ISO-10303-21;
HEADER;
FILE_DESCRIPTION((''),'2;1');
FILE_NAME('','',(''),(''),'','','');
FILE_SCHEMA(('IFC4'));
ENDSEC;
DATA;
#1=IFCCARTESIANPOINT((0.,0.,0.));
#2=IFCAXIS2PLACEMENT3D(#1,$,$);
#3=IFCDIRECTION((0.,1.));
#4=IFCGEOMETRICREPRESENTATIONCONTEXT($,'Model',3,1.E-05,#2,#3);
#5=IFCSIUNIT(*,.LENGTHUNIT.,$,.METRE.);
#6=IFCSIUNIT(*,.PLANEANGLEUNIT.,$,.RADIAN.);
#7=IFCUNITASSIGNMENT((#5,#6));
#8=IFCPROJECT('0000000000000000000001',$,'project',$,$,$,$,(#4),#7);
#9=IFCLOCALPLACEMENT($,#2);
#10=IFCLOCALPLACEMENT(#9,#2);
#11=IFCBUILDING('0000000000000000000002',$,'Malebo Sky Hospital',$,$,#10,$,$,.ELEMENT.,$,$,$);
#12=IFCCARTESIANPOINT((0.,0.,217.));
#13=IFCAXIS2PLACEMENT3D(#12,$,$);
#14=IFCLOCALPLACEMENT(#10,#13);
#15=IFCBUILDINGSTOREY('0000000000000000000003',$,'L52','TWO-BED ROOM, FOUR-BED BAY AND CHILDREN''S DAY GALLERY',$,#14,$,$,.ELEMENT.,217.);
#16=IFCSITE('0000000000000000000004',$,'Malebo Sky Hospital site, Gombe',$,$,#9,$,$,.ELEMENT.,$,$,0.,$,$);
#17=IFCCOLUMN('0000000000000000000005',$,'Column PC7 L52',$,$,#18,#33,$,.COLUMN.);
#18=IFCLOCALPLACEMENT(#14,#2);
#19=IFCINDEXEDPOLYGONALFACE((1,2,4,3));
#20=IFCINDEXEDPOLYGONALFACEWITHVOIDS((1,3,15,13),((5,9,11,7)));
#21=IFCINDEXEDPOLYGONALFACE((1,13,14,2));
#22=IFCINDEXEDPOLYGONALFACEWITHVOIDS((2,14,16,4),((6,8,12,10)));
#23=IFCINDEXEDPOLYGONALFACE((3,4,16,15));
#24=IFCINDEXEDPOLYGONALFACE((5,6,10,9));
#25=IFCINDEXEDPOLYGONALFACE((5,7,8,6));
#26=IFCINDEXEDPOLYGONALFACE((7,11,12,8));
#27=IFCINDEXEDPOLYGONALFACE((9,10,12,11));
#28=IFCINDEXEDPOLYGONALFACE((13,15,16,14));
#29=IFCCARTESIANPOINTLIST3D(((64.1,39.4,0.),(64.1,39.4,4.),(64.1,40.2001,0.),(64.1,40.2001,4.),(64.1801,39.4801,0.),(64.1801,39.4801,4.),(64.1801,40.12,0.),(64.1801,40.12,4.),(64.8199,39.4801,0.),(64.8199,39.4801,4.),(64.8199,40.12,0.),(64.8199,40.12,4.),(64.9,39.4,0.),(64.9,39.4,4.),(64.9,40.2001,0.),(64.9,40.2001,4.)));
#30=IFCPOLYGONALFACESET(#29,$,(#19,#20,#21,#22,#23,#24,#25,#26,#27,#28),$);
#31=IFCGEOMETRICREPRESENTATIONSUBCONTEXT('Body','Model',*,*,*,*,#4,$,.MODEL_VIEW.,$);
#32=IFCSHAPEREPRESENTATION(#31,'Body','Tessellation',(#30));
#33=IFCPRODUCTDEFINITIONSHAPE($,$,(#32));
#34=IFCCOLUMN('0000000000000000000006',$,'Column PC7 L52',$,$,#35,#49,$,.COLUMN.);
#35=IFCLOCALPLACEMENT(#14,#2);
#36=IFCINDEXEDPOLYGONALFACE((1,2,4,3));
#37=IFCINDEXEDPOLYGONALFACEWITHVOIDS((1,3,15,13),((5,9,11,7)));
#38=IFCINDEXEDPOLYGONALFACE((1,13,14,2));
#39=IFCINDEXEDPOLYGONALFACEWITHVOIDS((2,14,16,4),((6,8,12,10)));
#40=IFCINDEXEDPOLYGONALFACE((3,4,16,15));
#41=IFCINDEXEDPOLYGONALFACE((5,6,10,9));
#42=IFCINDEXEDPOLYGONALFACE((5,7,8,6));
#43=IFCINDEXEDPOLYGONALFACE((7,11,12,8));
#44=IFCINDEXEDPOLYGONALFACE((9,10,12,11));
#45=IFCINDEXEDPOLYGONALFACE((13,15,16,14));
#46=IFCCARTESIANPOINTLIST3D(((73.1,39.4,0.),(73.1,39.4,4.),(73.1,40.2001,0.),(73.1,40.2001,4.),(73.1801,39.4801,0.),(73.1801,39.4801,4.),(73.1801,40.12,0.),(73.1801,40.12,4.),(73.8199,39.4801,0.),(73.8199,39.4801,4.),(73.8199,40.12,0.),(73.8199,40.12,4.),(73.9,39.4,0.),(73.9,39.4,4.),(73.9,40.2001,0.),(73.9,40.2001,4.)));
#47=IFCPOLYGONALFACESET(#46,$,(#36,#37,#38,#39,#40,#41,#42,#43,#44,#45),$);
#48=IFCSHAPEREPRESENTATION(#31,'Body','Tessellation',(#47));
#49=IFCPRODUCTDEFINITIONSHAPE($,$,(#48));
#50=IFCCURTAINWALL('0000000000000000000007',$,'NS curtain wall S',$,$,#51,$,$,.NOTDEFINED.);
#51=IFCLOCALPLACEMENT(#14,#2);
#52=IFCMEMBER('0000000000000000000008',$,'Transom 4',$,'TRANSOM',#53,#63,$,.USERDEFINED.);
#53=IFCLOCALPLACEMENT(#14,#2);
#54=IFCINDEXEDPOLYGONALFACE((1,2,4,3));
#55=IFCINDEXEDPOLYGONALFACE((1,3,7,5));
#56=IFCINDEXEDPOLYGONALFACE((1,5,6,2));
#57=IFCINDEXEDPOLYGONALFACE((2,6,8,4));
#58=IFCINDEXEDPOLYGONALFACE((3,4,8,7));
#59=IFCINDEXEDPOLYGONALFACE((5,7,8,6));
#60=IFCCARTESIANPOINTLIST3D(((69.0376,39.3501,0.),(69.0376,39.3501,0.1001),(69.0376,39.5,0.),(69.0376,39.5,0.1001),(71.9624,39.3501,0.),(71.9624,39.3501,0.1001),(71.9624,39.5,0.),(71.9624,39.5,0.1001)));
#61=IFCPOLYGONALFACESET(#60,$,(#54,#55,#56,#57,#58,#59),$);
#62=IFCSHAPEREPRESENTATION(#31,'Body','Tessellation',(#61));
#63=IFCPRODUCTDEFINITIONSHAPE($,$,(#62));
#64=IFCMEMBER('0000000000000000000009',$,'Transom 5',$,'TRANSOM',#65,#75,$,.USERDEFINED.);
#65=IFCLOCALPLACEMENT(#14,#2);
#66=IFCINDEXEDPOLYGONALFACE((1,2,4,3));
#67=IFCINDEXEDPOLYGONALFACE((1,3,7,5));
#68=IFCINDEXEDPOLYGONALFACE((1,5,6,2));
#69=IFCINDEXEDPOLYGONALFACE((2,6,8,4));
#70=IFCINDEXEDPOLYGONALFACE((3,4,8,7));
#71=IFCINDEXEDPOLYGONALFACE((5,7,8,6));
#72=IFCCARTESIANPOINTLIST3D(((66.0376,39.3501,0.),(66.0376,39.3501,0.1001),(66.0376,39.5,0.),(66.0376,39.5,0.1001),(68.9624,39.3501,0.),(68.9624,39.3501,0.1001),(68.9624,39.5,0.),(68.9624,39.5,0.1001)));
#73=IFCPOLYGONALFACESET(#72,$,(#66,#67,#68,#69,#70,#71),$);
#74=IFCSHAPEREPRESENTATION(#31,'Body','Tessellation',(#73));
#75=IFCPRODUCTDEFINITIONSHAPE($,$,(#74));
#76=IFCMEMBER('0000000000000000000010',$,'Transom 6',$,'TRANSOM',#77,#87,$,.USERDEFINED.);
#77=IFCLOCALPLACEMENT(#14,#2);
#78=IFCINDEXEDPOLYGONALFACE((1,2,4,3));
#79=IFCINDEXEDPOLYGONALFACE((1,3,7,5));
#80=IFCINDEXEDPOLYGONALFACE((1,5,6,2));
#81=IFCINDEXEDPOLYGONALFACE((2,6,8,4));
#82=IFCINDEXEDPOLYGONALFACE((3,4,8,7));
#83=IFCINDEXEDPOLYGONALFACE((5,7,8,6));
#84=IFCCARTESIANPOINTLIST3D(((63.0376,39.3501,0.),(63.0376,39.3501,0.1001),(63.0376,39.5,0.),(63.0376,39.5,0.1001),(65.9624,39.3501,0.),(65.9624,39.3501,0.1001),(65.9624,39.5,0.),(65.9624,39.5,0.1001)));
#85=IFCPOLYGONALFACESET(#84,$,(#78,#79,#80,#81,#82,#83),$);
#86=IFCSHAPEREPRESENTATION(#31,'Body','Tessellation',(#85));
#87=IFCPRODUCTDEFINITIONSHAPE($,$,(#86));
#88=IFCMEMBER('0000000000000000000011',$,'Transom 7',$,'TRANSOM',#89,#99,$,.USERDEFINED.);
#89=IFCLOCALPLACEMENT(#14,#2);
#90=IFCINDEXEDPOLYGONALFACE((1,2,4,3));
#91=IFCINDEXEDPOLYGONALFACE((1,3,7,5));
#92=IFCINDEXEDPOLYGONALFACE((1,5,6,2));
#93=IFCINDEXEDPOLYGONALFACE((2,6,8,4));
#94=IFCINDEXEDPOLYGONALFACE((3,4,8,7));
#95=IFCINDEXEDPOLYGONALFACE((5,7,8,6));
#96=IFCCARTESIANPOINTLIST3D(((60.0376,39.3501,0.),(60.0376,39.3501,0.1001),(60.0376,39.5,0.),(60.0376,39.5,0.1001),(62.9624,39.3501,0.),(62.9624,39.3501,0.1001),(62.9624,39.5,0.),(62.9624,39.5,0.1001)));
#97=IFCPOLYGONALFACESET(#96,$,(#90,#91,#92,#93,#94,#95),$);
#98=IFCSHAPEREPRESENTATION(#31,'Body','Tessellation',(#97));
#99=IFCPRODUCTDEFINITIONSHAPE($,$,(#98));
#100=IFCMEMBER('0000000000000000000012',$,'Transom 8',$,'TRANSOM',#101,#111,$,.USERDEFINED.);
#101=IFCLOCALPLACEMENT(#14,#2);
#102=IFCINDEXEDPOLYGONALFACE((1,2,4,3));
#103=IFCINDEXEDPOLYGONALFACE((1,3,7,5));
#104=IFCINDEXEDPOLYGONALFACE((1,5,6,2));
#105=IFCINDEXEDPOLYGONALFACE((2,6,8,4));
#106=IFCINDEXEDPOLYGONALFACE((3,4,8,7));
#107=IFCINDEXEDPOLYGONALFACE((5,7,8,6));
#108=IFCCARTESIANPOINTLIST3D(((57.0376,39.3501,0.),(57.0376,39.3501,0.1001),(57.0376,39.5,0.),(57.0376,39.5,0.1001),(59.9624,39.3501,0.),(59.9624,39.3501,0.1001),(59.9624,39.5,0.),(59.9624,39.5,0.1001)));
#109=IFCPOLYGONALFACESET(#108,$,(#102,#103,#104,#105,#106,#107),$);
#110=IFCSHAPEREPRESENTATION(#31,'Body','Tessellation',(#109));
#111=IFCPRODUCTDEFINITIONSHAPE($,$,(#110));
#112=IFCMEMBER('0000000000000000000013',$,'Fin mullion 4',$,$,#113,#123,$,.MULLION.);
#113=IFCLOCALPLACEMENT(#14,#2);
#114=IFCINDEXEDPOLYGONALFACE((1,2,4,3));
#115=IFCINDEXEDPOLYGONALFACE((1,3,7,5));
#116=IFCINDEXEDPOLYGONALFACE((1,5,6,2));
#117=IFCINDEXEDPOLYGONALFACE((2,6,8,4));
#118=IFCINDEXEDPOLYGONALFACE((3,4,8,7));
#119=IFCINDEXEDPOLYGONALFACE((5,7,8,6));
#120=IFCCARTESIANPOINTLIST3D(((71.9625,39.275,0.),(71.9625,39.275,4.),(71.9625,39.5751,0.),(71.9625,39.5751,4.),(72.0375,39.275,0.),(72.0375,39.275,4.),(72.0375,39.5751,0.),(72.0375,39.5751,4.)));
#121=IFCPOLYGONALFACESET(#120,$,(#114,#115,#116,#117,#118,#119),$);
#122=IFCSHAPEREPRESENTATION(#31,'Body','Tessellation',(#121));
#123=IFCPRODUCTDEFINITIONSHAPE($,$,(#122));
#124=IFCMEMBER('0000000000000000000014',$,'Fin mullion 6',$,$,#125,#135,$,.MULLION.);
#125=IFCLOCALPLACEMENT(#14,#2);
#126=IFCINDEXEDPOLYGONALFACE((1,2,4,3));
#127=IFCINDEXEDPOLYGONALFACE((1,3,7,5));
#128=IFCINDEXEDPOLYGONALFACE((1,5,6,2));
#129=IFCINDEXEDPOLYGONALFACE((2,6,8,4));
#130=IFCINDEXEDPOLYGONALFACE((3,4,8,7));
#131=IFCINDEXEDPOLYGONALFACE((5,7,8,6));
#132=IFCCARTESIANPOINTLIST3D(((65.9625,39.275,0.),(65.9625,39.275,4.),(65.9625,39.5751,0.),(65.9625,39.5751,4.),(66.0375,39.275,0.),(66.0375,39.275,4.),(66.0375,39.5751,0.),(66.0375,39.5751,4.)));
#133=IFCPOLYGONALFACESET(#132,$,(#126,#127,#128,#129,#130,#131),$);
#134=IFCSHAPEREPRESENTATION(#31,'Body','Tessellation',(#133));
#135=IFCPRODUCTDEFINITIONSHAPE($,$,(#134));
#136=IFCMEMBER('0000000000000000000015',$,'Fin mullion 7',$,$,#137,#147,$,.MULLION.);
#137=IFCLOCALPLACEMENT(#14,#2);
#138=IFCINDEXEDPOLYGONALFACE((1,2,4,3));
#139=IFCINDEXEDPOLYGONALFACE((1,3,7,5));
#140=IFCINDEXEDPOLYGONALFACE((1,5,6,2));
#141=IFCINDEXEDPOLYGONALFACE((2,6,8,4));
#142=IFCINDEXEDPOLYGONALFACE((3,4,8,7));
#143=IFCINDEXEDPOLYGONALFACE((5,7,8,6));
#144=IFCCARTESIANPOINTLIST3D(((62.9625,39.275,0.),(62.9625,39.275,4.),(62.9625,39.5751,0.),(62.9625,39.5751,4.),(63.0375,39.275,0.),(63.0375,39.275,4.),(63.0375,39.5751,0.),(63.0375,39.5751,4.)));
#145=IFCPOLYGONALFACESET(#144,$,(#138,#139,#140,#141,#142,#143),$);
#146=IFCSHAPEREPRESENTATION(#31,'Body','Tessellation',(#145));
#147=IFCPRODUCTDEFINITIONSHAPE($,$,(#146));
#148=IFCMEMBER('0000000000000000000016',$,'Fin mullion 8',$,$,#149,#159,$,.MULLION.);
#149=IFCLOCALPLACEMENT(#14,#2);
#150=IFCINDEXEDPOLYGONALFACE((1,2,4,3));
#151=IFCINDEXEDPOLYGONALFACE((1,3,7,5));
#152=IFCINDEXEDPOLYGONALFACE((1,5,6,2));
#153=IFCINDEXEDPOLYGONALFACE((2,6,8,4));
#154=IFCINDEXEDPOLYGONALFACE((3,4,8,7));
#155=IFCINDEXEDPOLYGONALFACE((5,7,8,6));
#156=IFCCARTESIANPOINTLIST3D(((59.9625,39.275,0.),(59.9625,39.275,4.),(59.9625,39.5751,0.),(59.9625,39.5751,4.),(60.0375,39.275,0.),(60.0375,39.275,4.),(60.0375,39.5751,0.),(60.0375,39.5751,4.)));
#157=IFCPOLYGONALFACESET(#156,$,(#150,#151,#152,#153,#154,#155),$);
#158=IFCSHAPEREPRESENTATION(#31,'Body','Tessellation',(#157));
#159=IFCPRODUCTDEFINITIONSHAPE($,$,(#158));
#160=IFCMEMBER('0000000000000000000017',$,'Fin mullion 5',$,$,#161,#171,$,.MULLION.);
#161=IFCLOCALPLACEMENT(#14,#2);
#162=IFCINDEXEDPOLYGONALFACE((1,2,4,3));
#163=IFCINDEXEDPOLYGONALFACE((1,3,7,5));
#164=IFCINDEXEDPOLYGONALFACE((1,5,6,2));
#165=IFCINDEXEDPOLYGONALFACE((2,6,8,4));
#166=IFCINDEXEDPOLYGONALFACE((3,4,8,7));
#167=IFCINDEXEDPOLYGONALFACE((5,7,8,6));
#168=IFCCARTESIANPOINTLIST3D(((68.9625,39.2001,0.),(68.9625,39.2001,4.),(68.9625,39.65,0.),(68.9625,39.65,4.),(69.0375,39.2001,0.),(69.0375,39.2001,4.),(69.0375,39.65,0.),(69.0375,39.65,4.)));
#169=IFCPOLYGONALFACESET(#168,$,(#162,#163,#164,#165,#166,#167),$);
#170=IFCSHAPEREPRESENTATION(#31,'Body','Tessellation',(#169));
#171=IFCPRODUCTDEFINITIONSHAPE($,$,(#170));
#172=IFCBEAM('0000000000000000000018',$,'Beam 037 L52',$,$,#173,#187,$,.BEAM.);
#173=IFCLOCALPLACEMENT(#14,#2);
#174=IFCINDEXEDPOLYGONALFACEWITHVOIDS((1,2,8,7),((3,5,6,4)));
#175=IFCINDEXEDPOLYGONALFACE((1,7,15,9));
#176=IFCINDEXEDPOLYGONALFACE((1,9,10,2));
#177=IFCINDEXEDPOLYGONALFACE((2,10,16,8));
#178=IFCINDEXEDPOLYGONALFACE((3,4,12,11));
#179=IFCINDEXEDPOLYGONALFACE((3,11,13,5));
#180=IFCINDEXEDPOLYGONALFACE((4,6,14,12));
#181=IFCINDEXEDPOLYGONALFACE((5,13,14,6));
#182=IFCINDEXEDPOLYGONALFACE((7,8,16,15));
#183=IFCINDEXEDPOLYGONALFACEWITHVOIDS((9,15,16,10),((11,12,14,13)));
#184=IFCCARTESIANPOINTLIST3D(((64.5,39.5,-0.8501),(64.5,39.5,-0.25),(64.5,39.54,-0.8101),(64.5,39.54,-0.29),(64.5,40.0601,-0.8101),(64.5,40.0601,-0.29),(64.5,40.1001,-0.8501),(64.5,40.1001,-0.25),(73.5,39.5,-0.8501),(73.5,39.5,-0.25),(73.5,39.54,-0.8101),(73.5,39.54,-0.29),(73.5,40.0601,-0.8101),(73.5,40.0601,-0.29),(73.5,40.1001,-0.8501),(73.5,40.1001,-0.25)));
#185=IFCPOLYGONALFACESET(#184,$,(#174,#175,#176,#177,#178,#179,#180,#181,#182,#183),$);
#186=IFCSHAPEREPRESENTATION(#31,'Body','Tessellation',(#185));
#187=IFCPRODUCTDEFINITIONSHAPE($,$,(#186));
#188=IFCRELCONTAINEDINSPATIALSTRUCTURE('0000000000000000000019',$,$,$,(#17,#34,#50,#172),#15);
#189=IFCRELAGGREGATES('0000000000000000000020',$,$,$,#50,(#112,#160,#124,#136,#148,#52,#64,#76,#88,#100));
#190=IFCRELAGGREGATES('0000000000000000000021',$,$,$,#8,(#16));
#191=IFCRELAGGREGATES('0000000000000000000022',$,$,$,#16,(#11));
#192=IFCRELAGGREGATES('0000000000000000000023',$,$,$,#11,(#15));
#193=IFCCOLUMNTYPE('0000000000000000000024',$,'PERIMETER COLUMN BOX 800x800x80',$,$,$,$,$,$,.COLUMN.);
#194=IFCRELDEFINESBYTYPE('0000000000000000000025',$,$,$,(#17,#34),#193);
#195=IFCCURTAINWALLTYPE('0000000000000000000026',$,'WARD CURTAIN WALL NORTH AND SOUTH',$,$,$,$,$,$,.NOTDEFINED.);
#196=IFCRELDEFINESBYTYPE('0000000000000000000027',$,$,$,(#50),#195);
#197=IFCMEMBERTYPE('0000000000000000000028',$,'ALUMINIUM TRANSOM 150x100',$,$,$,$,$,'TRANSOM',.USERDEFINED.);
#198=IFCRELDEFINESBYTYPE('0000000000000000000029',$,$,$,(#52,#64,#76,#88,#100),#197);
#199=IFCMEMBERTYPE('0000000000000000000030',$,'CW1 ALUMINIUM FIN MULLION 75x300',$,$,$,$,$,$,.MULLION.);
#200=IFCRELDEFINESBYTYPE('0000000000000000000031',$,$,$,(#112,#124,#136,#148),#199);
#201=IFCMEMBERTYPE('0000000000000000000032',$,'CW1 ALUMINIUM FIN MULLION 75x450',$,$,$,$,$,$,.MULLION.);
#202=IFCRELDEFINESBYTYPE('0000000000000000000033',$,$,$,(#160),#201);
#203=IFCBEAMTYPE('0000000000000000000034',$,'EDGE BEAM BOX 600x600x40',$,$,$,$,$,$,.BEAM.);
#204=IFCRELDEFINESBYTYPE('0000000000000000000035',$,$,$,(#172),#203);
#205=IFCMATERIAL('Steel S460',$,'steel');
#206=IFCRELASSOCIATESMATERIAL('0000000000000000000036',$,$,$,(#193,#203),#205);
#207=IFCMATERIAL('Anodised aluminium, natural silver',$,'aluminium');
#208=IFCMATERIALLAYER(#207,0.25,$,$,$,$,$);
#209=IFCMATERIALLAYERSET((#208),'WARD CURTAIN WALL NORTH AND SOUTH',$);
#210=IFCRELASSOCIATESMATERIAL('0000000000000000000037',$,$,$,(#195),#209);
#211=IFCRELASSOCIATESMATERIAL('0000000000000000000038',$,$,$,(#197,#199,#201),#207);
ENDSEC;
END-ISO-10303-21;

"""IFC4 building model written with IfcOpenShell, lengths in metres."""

from ifc_helpers import new_model, si_unit, direction, frame, origin, origin_2d, place, context, subcontext, project, spatial, rectangle, hollow_rectangle, extrude, material, layer, layer_set, material_profile, profile_set, type_object, element, aggregate, save


model = new_model("IFC4")

# Units and contexts
model_context = context("Model", 3, precision=1e-05, world=origin(), true_north=direction((0.0, 1.0)))
body_context = subcontext(model_context, "Body", "Model", "MODEL_VIEW")
ifc_project = project(units=[si_unit("LENGTHUNIT", "METRE"), si_unit("PLANEANGLEUNIT", "RADIAN")], contexts=[model_context])

# Site, building, storey
site_placement = place(None, origin())
site = spatial("IfcSite", under=ifc_project, at=site_placement, Name="Malebo Sky Hospital site, Gombe", CompositionType="ELEMENT", RefElevation=0.0)
building_placement = place(site_placement, origin())
building = spatial("IfcBuilding", under=site, at=building_placement, Name="Malebo Sky Hospital", CompositionType="ELEMENT")
storey_placement = place(building_placement, frame((0.0, 0.0, 217.0)))
storey = spatial("IfcBuildingStorey", under=building, at=storey_placement, Name="L52", Description="TWO-BED ROOM, FOUR-BED BAY AND CHILDREN'S DAY GALLERY", CompositionType="ELEMENT", Elevation=217.0)

# Columns
ifc_material_1 = material(Name="Steel S460", Category="steel")
ifc_material_profile_1 = material_profile(ifc_material_1, hollow_rectangle(XDim=0.8, YDim=0.8, WallThickness=0.0801, at=origin_2d()), Name="BOX 800x800x80")
ifc_profile_set_1 = profile_set([ifc_material_profile_1], Name="Steel S460")
column_type = type_object("IfcColumnType", Name="PERIMETER COLUMN BOX 800x800x80", PredefinedType="COLUMN", material=ifc_profile_set_1)
for number, where, z_axis, x_axis, name in (
    (1, (64.5, 39.8, 0.0), (0.0, 0.0, 1.0), (1.0, 0.0, 0.0), "Column PC7 L52"),
    (2, (73.5, 39.8, 0.0), (0.0, 0.0, 1.0), (1.0, 0.0, 0.0), "Column PC7 L52"),
):
    element("IfcColumn", number, at=place(storey_placement, frame(where, z_axis=z_axis, x_axis=x_axis)), inside=storey, type_object=column_type, Name=name, PredefinedType="COLUMN", context=body_context, shape_type="SweptSolid", body=[
        extrude(hollow_rectangle(XDim=0.8, YDim=0.8, WallThickness=0.0801, at=origin_2d()), origin(), (0.0, 0.0, 1.0), 4.0),
    ])

# Curtain wall, members
ifc_material_2 = material(Name="Anodised aluminium, natural silver", Category="aluminium")
ifc_layer_1 = layer(ifc_material_2, 0.25)
ifc_layer_set_1 = layer_set([ifc_layer_1], Name="WARD CURTAIN WALL NORTH AND SOUTH")
curtain_wall_type = type_object("IfcCurtainWallType", Name="WARD CURTAIN WALL NORTH AND SOUTH", PredefinedType="NOTDEFINED", material=ifc_layer_set_1)
curtain_wall_placement = place(storey_placement, origin())
curtain_wall = element("IfcCurtainWall", 3, at=curtain_wall_placement, inside=storey, type_object=curtain_wall_type, Name="NS curtain wall S", PredefinedType="NOTDEFINED")
ifc_material_profile_2 = material_profile(ifc_material_2, rectangle(XDim=0.1499, YDim=0.1001, at=origin_2d()), Name="ALUMINIUM TRANSOM 150x100")
ifc_profile_set_2 = profile_set([ifc_material_profile_2], Name="Anodised aluminium, natural silver")
member_type_1 = type_object("IfcMemberType", Name="ALUMINIUM TRANSOM 150x100", ElementType="TRANSOM", PredefinedType="USERDEFINED", material=ifc_profile_set_2)
member_1_placement = place(storey_placement, frame((71.9624, 39.425, 0.05), z_axis=(-1.0, 0.0, 0.0), x_axis=(0.0, -1.0, 0.0)))
member_1 = element("IfcMember", 4, at=member_1_placement, type_object=member_type_1, Name="Transom 4", ObjectType="TRANSOM", PredefinedType="USERDEFINED", context=body_context, shape_type="SweptSolid", body=[
    extrude(rectangle(XDim=0.1499, YDim=0.1001, at=origin_2d()), origin(), (0.0, 0.0, 1.0), 2.9248),
])
member_2_placement = place(storey_placement, frame((68.9624, 39.425, 0.05), z_axis=(-1.0, 0.0, 0.0), x_axis=(0.0, -1.0, 0.0)))
member_2 = element("IfcMember", 5, at=member_2_placement, type_object=member_type_1, Name="Transom 5", ObjectType="TRANSOM", PredefinedType="USERDEFINED", context=body_context, shape_type="SweptSolid", body=[
    extrude(rectangle(XDim=0.1499, YDim=0.1001, at=origin_2d()), origin(), (0.0, 0.0, 1.0), 2.9248),
])
member_3_placement = place(storey_placement, frame((65.9624, 39.425, 0.05), z_axis=(-1.0, 0.0, 0.0), x_axis=(0.0, -1.0, 0.0)))
member_3 = element("IfcMember", 6, at=member_3_placement, type_object=member_type_1, Name="Transom 6", ObjectType="TRANSOM", PredefinedType="USERDEFINED", context=body_context, shape_type="SweptSolid", body=[
    extrude(rectangle(XDim=0.1499, YDim=0.1001, at=origin_2d()), origin(), (0.0, 0.0, 1.0), 2.9248),
])
member_4_placement = place(storey_placement, frame((62.9624, 39.425, 0.05), z_axis=(-1.0, 0.0, 0.0), x_axis=(0.0, -1.0, 0.0)))
member_4 = element("IfcMember", 7, at=member_4_placement, type_object=member_type_1, Name="Transom 7", ObjectType="TRANSOM", PredefinedType="USERDEFINED", context=body_context, shape_type="SweptSolid", body=[
    extrude(rectangle(XDim=0.1499, YDim=0.1001, at=origin_2d()), origin(), (0.0, 0.0, 1.0), 2.9248),
])
member_5_placement = place(storey_placement, frame((59.9624, 39.425, 0.05), z_axis=(-1.0, 0.0, 0.0), x_axis=(0.0, -1.0, 0.0)))
member_5 = element("IfcMember", 8, at=member_5_placement, type_object=member_type_1, Name="Transom 8", ObjectType="TRANSOM", PredefinedType="USERDEFINED", context=body_context, shape_type="SweptSolid", body=[
    extrude(rectangle(XDim=0.1499, YDim=0.1001, at=origin_2d()), origin(), (0.0, 0.0, 1.0), 2.9248),
])
ifc_material_profile_3 = material_profile(ifc_material_2, rectangle(XDim=0.075, YDim=0.3, at=origin_2d()), Name="CW1 ALUMINIUM FIN MULLION 75x300")
ifc_profile_set_3 = profile_set([ifc_material_profile_3], Name="Anodised aluminium, natural silver")
member_type_2 = type_object("IfcMemberType", Name="CW1 ALUMINIUM FIN MULLION 75x300", PredefinedType="MULLION", material=ifc_profile_set_3)
member_6_placement = place(storey_placement, frame((72.0, 39.425, 0.0), z_axis=(0.0, 0.0, 1.0), x_axis=(-1.0, 0.0, 0.0)))
member_6 = element("IfcMember", 9, at=member_6_placement, type_object=member_type_2, Name="Fin mullion 4", PredefinedType="MULLION", context=body_context, shape_type="SweptSolid", body=[
    extrude(rectangle(XDim=0.075, YDim=0.3, at=origin_2d()), origin(), (0.0, 0.0, 1.0), 4.0),
])
member_7_placement = place(storey_placement, frame((66.0, 39.425, 0.0), z_axis=(0.0, 0.0, 1.0), x_axis=(-1.0, 0.0, 0.0)))
member_7 = element("IfcMember", 10, at=member_7_placement, type_object=member_type_2, Name="Fin mullion 6", PredefinedType="MULLION", context=body_context, shape_type="SweptSolid", body=[
    extrude(rectangle(XDim=0.075, YDim=0.3, at=origin_2d()), origin(), (0.0, 0.0, 1.0), 4.0),
])
member_8_placement = place(storey_placement, frame((63.0, 39.425, 0.0), z_axis=(0.0, 0.0, 1.0), x_axis=(-1.0, 0.0, 0.0)))
member_8 = element("IfcMember", 11, at=member_8_placement, type_object=member_type_2, Name="Fin mullion 7", PredefinedType="MULLION", context=body_context, shape_type="SweptSolid", body=[
    extrude(rectangle(XDim=0.075, YDim=0.3, at=origin_2d()), origin(), (0.0, 0.0, 1.0), 4.0),
])
member_9_placement = place(storey_placement, frame((60.0, 39.425, 0.0), z_axis=(0.0, 0.0, 1.0), x_axis=(-1.0, 0.0, 0.0)))
member_9 = element("IfcMember", 12, at=member_9_placement, type_object=member_type_2, Name="Fin mullion 8", PredefinedType="MULLION", context=body_context, shape_type="SweptSolid", body=[
    extrude(rectangle(XDim=0.075, YDim=0.3, at=origin_2d()), origin(), (0.0, 0.0, 1.0), 4.0),
])
ifc_material_profile_4 = material_profile(ifc_material_2, rectangle(XDim=0.075, YDim=0.45, at=origin_2d()), Name="CW1 ALUMINIUM FIN MULLION 75x450")
ifc_profile_set_4 = profile_set([ifc_material_profile_4], Name="Anodised aluminium, natural silver")
member_type_3 = type_object("IfcMemberType", Name="CW1 ALUMINIUM FIN MULLION 75x450", PredefinedType="MULLION", material=ifc_profile_set_4)
member_10_placement = place(storey_placement, frame((69.0, 39.425, 0.0), z_axis=(0.0, 0.0, 1.0), x_axis=(-1.0, 0.0, 0.0)))
member_10 = element("IfcMember", 13, at=member_10_placement, type_object=member_type_3, Name="Fin mullion 5", PredefinedType="MULLION", context=body_context, shape_type="SweptSolid", body=[
    extrude(rectangle(XDim=0.075, YDim=0.45, at=origin_2d()), origin(), (0.0, 0.0, 1.0), 4.0),
])

# Beam
ifc_material_profile_5 = material_profile(ifc_material_1, hollow_rectangle(XDim=0.6001, YDim=0.6001, WallThickness=0.04, at=origin_2d()), Name="BOX 600x600x40")
ifc_profile_set_5 = profile_set([ifc_material_profile_5], Name="Steel S460")
beam_type_1 = type_object("IfcBeamType", Name="EDGE BEAM BOX 600x600x40", PredefinedType="BEAM", material=ifc_profile_set_5)
beam_1_placement = place(storey_placement, frame((64.5, 39.8, -0.55), z_axis=(1.0, 0.0, 0.0), x_axis=(0.0, 1.0, 0.0)))
element("IfcBeam", 14, at=beam_1_placement, inside=storey, type_object=beam_type_1, Name="Beam 037 L52", PredefinedType="BEAM", context=body_context, shape_type="SweptSolid", body=[
    extrude(hollow_rectangle(XDim=0.6001, YDim=0.6001, WallThickness=0.04, at=origin_2d()), origin(), (0.0, 0.0, 1.0), 9.0),
])

aggregate(curtain_wall, [member_6, member_10, member_7, member_8, member_9, member_1, member_2, member_3, member_4, member_5])

save(model, "model.ifc")
